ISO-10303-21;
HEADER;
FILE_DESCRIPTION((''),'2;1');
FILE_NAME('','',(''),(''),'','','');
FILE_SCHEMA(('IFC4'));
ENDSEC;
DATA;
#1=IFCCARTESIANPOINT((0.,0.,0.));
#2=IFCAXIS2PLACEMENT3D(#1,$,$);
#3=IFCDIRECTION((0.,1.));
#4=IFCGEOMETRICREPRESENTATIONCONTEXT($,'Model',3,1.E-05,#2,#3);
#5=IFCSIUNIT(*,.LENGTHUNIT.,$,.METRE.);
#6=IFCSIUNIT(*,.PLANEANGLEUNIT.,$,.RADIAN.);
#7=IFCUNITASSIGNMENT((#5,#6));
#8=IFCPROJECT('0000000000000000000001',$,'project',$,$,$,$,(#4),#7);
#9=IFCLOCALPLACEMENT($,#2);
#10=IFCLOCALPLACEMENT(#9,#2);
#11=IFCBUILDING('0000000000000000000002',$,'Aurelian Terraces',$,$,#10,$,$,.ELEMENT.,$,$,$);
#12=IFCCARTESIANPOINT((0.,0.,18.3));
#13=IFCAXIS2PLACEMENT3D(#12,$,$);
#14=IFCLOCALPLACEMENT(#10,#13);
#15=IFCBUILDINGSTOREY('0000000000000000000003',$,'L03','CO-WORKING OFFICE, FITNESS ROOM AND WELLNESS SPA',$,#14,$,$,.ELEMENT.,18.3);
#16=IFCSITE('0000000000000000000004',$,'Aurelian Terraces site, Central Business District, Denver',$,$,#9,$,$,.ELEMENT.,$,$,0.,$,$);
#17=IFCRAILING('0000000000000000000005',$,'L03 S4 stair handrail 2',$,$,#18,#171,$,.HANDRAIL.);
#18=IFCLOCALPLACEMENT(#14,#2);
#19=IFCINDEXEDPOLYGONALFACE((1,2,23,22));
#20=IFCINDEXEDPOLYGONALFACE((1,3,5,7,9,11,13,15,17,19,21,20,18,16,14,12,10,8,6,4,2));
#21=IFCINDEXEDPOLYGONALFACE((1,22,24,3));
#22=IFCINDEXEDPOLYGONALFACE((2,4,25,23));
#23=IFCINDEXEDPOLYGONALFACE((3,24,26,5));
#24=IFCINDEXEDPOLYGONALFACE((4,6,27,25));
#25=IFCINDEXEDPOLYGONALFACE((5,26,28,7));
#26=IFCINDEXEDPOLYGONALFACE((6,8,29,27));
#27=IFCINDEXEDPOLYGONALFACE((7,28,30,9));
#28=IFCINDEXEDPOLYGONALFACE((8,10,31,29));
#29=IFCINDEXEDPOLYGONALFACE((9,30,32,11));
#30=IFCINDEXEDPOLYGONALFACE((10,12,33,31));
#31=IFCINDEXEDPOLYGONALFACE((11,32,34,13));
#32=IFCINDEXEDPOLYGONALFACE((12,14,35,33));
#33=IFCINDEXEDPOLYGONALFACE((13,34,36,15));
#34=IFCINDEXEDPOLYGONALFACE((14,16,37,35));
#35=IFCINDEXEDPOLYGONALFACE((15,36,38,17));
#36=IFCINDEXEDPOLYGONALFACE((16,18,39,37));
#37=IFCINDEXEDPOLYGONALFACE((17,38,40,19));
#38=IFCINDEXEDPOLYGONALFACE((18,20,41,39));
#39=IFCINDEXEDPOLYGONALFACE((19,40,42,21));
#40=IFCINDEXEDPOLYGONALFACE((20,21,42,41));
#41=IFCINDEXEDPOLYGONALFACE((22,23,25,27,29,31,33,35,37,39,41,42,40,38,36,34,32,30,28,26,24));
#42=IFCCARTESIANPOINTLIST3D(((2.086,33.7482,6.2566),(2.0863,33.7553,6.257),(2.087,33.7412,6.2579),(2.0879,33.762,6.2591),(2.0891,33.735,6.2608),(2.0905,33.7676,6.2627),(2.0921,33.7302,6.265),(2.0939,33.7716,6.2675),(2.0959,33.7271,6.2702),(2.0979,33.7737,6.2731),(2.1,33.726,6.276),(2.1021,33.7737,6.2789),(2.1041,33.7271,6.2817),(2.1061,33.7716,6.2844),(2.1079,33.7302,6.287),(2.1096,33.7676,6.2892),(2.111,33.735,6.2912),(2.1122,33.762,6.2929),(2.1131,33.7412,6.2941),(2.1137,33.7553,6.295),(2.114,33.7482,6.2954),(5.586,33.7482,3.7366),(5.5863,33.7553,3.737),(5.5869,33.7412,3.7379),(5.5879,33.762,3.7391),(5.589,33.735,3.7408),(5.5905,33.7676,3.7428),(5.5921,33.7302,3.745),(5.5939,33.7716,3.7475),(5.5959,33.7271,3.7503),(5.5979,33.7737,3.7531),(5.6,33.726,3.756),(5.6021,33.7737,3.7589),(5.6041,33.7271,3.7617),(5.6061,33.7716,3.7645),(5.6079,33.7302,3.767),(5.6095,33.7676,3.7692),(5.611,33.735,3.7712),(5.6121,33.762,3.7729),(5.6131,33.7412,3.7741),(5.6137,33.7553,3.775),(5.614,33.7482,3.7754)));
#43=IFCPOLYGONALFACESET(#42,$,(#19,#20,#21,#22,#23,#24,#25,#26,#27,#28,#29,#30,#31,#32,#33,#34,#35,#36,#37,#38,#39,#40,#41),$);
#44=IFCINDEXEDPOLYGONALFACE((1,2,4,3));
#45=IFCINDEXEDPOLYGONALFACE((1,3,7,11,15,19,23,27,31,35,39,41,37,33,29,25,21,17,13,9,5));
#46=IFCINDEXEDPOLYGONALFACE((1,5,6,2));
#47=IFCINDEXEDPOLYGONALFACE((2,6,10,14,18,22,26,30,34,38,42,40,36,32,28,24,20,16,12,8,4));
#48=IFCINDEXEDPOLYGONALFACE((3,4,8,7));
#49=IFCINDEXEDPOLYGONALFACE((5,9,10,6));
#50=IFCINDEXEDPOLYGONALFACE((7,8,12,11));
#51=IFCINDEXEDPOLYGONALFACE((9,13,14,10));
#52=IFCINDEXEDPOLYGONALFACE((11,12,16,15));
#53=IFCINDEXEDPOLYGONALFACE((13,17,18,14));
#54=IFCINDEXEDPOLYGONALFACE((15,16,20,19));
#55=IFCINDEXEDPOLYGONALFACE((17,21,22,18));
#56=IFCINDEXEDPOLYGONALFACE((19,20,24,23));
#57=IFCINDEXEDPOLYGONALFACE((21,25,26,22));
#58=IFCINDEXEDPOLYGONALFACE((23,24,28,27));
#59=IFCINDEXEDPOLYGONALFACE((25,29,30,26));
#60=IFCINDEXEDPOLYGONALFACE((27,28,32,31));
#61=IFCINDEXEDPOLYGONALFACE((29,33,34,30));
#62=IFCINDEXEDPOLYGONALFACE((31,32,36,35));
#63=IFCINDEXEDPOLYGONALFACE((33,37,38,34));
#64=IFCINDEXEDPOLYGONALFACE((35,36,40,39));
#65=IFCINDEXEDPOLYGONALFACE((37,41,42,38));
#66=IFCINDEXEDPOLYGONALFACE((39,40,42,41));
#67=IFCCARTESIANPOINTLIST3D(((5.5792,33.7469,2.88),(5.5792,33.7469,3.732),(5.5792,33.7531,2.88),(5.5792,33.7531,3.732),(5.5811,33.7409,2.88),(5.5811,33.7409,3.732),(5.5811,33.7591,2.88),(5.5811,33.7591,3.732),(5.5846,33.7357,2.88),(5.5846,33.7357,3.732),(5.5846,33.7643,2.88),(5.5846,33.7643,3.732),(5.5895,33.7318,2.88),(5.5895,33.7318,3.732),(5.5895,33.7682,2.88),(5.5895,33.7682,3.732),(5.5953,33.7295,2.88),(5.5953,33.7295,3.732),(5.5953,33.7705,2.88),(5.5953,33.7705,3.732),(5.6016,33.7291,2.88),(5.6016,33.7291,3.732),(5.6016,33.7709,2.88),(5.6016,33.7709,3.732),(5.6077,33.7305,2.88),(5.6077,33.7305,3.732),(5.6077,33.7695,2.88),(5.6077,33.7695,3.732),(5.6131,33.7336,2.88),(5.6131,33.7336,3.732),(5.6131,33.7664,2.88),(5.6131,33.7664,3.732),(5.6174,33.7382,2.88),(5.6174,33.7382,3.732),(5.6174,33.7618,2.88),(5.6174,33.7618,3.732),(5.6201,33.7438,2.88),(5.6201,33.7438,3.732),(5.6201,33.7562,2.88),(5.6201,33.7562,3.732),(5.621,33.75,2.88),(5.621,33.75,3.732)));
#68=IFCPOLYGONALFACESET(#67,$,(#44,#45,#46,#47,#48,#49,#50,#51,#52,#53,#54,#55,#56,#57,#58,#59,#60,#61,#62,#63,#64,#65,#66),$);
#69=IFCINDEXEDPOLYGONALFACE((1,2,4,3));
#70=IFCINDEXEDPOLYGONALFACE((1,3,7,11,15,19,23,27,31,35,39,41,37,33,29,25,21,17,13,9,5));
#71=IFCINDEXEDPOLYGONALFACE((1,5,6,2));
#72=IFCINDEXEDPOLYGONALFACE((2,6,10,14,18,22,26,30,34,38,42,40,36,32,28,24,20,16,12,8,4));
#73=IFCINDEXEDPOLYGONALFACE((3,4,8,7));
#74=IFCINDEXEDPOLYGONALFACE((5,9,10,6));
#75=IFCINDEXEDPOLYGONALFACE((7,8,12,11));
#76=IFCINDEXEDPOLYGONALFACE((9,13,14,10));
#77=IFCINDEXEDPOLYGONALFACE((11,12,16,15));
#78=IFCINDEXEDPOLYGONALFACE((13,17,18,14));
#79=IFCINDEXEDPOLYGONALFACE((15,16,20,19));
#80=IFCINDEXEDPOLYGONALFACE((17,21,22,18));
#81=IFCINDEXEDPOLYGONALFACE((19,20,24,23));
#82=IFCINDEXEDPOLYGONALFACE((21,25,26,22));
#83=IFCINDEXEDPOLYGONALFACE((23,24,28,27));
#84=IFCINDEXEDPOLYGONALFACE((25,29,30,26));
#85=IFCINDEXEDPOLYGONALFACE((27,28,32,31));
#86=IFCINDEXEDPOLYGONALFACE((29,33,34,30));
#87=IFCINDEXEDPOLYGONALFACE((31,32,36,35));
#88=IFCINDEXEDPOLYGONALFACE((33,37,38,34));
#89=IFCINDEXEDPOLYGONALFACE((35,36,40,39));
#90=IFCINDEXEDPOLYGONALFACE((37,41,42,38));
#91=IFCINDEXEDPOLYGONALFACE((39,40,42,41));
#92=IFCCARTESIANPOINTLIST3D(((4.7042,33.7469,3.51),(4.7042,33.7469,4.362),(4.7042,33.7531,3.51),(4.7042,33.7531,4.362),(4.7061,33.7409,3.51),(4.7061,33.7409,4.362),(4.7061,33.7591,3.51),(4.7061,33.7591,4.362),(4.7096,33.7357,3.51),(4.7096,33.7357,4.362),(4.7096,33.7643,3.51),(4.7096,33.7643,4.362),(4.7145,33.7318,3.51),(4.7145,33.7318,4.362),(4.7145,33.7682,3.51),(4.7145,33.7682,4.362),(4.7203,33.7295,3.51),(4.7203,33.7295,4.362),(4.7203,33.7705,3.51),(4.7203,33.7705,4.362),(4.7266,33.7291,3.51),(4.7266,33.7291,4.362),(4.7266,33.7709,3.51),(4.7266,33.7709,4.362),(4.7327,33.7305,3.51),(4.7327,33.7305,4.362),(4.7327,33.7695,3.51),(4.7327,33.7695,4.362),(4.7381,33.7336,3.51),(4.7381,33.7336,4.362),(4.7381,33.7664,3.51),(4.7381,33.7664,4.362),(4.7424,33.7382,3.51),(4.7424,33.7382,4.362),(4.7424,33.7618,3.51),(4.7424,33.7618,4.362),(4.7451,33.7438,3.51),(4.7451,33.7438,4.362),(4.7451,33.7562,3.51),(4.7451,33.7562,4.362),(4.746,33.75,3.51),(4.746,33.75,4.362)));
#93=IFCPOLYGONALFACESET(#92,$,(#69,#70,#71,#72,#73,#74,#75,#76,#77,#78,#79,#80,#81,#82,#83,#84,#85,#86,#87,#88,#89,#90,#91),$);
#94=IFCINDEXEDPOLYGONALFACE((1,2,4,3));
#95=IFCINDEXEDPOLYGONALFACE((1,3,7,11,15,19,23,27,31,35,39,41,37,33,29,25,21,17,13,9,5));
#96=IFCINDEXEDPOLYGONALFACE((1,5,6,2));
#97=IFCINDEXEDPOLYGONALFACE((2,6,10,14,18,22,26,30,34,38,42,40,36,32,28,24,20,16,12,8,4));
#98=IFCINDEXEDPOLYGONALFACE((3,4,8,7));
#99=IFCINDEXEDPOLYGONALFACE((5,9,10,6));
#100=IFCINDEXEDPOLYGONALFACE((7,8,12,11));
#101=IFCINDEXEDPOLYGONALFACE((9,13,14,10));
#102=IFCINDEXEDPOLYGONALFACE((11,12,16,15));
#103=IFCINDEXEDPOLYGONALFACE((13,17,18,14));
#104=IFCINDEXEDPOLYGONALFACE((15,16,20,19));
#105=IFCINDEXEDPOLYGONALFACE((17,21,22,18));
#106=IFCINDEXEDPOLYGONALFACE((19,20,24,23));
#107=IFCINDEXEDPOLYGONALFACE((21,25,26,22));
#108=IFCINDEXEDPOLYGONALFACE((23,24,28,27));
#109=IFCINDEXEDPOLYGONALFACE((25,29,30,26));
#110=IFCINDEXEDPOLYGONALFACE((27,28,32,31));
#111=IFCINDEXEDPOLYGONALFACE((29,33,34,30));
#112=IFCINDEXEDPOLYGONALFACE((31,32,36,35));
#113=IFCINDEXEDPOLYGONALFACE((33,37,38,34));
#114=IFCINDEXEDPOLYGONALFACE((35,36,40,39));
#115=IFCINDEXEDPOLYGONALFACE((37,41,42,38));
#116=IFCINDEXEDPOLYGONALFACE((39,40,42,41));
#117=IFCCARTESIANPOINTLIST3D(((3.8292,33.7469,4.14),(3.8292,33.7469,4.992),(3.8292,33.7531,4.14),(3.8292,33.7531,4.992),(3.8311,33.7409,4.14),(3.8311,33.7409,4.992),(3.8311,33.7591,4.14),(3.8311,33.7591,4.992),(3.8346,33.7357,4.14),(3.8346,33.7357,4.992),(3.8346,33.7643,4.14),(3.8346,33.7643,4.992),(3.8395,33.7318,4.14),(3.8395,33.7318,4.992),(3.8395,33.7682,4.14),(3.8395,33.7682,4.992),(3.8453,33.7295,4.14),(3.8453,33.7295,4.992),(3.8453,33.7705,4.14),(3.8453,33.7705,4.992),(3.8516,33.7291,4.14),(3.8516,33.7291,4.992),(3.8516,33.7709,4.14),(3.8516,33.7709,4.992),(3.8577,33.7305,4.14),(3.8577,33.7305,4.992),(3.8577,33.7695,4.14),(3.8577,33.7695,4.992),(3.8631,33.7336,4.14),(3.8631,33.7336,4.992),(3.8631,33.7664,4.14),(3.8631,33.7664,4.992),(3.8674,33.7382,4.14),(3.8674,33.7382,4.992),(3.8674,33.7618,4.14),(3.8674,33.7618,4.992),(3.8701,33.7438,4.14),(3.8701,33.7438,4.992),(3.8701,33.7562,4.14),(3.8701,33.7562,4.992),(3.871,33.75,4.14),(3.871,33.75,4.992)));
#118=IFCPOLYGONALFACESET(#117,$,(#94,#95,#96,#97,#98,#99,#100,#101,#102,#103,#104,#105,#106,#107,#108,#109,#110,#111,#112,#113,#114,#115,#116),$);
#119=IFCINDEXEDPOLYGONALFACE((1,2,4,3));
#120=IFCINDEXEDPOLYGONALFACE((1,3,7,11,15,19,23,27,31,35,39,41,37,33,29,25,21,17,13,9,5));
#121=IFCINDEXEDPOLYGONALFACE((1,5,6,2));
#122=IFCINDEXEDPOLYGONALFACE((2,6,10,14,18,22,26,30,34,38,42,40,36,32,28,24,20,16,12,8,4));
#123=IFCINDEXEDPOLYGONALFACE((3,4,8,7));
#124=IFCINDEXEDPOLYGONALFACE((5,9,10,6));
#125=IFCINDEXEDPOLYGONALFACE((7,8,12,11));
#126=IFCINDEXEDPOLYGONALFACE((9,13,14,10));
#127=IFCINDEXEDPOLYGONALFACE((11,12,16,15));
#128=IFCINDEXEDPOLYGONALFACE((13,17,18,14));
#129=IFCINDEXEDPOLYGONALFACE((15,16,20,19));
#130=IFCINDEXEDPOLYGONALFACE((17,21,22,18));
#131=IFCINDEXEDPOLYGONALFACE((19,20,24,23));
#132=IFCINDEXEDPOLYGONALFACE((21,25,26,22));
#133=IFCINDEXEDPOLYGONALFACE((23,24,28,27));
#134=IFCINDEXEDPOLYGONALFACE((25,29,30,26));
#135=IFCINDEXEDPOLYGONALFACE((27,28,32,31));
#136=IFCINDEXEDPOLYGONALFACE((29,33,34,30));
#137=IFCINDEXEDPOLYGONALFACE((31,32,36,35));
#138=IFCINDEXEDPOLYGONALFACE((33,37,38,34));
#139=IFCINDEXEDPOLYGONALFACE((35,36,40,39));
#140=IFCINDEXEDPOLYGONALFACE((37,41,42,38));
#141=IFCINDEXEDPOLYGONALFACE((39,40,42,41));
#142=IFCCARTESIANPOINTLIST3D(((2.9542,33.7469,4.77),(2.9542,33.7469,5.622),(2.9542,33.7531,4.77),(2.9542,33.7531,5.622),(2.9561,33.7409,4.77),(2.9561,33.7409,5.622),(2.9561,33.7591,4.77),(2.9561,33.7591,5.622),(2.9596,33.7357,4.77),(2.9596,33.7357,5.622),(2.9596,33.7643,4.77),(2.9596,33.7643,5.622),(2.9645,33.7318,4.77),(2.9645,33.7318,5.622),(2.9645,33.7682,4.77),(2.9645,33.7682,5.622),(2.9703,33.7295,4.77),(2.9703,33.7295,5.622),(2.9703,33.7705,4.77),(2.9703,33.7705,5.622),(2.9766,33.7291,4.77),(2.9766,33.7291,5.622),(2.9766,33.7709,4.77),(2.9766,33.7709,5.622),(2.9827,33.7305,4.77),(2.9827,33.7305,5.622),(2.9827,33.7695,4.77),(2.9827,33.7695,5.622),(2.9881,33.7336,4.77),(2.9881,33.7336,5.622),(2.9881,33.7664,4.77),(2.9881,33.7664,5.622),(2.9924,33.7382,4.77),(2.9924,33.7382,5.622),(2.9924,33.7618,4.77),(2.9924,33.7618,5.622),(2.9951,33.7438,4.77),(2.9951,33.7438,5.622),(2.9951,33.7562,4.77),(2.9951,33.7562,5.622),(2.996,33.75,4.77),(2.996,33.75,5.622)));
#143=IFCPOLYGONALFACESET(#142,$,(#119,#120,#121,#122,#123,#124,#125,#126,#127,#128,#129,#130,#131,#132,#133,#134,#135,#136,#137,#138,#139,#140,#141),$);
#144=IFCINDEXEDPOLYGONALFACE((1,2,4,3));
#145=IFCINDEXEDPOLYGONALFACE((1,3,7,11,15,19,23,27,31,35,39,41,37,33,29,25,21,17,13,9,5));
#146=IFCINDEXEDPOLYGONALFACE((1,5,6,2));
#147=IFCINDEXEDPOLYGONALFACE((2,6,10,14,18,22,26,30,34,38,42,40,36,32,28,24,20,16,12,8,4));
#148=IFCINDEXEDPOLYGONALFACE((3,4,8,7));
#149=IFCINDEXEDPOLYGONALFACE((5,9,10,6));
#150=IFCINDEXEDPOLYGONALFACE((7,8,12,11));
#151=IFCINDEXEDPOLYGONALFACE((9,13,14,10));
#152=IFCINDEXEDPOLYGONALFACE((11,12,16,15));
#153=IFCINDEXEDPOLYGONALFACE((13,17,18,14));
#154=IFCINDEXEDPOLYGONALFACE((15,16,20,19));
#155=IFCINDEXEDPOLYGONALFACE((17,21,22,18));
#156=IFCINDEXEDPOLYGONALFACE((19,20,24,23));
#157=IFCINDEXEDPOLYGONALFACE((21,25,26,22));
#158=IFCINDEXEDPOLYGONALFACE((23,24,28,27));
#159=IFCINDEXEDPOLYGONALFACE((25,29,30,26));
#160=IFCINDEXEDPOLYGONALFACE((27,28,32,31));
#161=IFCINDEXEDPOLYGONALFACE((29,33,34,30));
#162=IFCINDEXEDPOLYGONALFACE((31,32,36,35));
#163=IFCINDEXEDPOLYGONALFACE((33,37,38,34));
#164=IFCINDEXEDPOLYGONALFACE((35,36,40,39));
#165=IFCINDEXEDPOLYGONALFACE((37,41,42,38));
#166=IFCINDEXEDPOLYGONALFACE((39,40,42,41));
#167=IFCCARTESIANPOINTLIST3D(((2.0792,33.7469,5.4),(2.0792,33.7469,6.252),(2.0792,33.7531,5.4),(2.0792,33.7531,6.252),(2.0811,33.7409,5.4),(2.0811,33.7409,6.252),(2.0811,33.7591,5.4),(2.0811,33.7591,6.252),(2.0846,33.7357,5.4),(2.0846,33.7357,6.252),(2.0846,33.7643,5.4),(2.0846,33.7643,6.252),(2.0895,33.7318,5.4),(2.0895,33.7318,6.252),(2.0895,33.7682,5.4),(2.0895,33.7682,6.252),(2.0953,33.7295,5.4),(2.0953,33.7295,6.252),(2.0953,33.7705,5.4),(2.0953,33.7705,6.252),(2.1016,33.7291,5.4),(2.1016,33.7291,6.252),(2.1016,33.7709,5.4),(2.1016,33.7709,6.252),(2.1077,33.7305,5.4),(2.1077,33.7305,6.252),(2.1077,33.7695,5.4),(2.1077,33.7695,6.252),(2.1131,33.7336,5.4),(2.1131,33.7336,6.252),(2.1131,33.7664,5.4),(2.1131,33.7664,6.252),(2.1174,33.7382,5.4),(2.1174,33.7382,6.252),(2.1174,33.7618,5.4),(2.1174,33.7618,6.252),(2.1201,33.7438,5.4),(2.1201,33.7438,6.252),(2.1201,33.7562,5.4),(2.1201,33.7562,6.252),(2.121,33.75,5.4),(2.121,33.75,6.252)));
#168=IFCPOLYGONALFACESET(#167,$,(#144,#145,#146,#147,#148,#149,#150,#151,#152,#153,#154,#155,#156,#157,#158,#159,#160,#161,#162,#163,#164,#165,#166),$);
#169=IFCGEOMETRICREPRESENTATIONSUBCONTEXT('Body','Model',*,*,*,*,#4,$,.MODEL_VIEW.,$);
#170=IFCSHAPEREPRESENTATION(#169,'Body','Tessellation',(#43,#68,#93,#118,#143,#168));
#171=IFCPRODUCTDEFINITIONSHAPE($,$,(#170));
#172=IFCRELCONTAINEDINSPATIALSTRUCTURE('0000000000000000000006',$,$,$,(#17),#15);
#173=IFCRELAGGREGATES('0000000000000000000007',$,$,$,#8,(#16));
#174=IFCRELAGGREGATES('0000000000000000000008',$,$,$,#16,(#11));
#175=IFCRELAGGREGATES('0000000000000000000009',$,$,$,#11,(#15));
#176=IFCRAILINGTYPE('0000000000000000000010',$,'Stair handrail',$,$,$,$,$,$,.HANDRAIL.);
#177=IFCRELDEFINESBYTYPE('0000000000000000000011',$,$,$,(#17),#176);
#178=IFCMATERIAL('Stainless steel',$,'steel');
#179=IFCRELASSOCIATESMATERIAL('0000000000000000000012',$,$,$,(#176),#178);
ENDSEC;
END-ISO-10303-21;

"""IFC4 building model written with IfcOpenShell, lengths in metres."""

from ifc_helpers import new_model, si_unit, direction, frame, origin, origin_2d, place, context, subcontext, project, spatial, circle, extrude, source, transform, mapped, material, type_object, element, save


model = new_model("IFC4")

# Units and contexts
model_context = context("Model", 3, precision=1e-05, world=origin(), true_north=direction((0.0, 1.0)))
body_context = subcontext(model_context, "Body", "Model", "MODEL_VIEW")
ifc_project = project(units=[si_unit("LENGTHUNIT", "METRE"), si_unit("PLANEANGLEUNIT", "RADIAN")], contexts=[model_context])

# Site, building, storey
site_placement = place(None, origin())
site = spatial("IfcSite", under=ifc_project, at=site_placement, Name="Aurelian Terraces site, Central Business District, Denver", CompositionType="ELEMENT", RefElevation=0.0)
building_placement = place(site_placement, origin())
building = spatial("IfcBuilding", under=site, at=building_placement, Name="Aurelian Terraces", CompositionType="ELEMENT")
storey_placement = place(building_placement, frame((0.0, 0.0, 18.3)))
storey = spatial("IfcBuildingStorey", under=building, at=storey_placement, Name="L03", Description="CO-WORKING OFFICE, FITNESS ROOM AND WELLNESS SPA", CompositionType="ELEMENT", Elevation=18.3)

# Railing
ifc_material_1 = material(Name="Stainless steel", Category="steel")
railing_type_1 = type_object("IfcRailingType", Name="Stair handrail", PredefinedType="HANDRAIL", material=ifc_material_1)
shared_shape_1 = source(origin(), body_context, "Body", "SweptSolid", [
    extrude(circle(Radius=0.024, at=origin_2d()), frame((0.0, 0.0, 0.876), z_axis=(-0.811534, 0.0, 0.584305), x_axis=(0.0, -1.0, 0.0)), (0.0, 0.0, 1.0), 4.3128),
    extrude(circle(Radius=0.021, at=origin_2d()), origin(), (0.0, 0.0, 1.0), 0.852),
    extrude(circle(Radius=0.021, at=origin_2d()), frame((-0.875, 0.0, 0.63)), (0.0, 0.0, 1.0), 0.852),
    extrude(circle(Radius=0.021, at=origin_2d()), frame((-1.75, 0.0, 1.26)), (0.0, 0.0, 1.0), 0.852),
    extrude(circle(Radius=0.021, at=origin_2d()), frame((-2.625, 0.0, 1.89)), (0.0, 0.0, 1.0), 0.852),
    extrude(circle(Radius=0.021, at=origin_2d()), frame((-3.5, 0.0, 2.52)), (0.0, 0.0, 1.0), 0.852),
])
railing_1_placement = place(storey_placement, frame((5.6, 33.75, 2.88)))
element("IfcRailing", 1, at=railing_1_placement, inside=storey, type_object=railing_type_1, Name="L03 S4 stair handrail 2", PredefinedType="HANDRAIL", context=body_context, shape_type="MappedRepresentation", body=[
    mapped(shared_shape_1, transform((0.0, 0.0, 0.0), scale=1.0)),
])

save(model, "model.ifc")
